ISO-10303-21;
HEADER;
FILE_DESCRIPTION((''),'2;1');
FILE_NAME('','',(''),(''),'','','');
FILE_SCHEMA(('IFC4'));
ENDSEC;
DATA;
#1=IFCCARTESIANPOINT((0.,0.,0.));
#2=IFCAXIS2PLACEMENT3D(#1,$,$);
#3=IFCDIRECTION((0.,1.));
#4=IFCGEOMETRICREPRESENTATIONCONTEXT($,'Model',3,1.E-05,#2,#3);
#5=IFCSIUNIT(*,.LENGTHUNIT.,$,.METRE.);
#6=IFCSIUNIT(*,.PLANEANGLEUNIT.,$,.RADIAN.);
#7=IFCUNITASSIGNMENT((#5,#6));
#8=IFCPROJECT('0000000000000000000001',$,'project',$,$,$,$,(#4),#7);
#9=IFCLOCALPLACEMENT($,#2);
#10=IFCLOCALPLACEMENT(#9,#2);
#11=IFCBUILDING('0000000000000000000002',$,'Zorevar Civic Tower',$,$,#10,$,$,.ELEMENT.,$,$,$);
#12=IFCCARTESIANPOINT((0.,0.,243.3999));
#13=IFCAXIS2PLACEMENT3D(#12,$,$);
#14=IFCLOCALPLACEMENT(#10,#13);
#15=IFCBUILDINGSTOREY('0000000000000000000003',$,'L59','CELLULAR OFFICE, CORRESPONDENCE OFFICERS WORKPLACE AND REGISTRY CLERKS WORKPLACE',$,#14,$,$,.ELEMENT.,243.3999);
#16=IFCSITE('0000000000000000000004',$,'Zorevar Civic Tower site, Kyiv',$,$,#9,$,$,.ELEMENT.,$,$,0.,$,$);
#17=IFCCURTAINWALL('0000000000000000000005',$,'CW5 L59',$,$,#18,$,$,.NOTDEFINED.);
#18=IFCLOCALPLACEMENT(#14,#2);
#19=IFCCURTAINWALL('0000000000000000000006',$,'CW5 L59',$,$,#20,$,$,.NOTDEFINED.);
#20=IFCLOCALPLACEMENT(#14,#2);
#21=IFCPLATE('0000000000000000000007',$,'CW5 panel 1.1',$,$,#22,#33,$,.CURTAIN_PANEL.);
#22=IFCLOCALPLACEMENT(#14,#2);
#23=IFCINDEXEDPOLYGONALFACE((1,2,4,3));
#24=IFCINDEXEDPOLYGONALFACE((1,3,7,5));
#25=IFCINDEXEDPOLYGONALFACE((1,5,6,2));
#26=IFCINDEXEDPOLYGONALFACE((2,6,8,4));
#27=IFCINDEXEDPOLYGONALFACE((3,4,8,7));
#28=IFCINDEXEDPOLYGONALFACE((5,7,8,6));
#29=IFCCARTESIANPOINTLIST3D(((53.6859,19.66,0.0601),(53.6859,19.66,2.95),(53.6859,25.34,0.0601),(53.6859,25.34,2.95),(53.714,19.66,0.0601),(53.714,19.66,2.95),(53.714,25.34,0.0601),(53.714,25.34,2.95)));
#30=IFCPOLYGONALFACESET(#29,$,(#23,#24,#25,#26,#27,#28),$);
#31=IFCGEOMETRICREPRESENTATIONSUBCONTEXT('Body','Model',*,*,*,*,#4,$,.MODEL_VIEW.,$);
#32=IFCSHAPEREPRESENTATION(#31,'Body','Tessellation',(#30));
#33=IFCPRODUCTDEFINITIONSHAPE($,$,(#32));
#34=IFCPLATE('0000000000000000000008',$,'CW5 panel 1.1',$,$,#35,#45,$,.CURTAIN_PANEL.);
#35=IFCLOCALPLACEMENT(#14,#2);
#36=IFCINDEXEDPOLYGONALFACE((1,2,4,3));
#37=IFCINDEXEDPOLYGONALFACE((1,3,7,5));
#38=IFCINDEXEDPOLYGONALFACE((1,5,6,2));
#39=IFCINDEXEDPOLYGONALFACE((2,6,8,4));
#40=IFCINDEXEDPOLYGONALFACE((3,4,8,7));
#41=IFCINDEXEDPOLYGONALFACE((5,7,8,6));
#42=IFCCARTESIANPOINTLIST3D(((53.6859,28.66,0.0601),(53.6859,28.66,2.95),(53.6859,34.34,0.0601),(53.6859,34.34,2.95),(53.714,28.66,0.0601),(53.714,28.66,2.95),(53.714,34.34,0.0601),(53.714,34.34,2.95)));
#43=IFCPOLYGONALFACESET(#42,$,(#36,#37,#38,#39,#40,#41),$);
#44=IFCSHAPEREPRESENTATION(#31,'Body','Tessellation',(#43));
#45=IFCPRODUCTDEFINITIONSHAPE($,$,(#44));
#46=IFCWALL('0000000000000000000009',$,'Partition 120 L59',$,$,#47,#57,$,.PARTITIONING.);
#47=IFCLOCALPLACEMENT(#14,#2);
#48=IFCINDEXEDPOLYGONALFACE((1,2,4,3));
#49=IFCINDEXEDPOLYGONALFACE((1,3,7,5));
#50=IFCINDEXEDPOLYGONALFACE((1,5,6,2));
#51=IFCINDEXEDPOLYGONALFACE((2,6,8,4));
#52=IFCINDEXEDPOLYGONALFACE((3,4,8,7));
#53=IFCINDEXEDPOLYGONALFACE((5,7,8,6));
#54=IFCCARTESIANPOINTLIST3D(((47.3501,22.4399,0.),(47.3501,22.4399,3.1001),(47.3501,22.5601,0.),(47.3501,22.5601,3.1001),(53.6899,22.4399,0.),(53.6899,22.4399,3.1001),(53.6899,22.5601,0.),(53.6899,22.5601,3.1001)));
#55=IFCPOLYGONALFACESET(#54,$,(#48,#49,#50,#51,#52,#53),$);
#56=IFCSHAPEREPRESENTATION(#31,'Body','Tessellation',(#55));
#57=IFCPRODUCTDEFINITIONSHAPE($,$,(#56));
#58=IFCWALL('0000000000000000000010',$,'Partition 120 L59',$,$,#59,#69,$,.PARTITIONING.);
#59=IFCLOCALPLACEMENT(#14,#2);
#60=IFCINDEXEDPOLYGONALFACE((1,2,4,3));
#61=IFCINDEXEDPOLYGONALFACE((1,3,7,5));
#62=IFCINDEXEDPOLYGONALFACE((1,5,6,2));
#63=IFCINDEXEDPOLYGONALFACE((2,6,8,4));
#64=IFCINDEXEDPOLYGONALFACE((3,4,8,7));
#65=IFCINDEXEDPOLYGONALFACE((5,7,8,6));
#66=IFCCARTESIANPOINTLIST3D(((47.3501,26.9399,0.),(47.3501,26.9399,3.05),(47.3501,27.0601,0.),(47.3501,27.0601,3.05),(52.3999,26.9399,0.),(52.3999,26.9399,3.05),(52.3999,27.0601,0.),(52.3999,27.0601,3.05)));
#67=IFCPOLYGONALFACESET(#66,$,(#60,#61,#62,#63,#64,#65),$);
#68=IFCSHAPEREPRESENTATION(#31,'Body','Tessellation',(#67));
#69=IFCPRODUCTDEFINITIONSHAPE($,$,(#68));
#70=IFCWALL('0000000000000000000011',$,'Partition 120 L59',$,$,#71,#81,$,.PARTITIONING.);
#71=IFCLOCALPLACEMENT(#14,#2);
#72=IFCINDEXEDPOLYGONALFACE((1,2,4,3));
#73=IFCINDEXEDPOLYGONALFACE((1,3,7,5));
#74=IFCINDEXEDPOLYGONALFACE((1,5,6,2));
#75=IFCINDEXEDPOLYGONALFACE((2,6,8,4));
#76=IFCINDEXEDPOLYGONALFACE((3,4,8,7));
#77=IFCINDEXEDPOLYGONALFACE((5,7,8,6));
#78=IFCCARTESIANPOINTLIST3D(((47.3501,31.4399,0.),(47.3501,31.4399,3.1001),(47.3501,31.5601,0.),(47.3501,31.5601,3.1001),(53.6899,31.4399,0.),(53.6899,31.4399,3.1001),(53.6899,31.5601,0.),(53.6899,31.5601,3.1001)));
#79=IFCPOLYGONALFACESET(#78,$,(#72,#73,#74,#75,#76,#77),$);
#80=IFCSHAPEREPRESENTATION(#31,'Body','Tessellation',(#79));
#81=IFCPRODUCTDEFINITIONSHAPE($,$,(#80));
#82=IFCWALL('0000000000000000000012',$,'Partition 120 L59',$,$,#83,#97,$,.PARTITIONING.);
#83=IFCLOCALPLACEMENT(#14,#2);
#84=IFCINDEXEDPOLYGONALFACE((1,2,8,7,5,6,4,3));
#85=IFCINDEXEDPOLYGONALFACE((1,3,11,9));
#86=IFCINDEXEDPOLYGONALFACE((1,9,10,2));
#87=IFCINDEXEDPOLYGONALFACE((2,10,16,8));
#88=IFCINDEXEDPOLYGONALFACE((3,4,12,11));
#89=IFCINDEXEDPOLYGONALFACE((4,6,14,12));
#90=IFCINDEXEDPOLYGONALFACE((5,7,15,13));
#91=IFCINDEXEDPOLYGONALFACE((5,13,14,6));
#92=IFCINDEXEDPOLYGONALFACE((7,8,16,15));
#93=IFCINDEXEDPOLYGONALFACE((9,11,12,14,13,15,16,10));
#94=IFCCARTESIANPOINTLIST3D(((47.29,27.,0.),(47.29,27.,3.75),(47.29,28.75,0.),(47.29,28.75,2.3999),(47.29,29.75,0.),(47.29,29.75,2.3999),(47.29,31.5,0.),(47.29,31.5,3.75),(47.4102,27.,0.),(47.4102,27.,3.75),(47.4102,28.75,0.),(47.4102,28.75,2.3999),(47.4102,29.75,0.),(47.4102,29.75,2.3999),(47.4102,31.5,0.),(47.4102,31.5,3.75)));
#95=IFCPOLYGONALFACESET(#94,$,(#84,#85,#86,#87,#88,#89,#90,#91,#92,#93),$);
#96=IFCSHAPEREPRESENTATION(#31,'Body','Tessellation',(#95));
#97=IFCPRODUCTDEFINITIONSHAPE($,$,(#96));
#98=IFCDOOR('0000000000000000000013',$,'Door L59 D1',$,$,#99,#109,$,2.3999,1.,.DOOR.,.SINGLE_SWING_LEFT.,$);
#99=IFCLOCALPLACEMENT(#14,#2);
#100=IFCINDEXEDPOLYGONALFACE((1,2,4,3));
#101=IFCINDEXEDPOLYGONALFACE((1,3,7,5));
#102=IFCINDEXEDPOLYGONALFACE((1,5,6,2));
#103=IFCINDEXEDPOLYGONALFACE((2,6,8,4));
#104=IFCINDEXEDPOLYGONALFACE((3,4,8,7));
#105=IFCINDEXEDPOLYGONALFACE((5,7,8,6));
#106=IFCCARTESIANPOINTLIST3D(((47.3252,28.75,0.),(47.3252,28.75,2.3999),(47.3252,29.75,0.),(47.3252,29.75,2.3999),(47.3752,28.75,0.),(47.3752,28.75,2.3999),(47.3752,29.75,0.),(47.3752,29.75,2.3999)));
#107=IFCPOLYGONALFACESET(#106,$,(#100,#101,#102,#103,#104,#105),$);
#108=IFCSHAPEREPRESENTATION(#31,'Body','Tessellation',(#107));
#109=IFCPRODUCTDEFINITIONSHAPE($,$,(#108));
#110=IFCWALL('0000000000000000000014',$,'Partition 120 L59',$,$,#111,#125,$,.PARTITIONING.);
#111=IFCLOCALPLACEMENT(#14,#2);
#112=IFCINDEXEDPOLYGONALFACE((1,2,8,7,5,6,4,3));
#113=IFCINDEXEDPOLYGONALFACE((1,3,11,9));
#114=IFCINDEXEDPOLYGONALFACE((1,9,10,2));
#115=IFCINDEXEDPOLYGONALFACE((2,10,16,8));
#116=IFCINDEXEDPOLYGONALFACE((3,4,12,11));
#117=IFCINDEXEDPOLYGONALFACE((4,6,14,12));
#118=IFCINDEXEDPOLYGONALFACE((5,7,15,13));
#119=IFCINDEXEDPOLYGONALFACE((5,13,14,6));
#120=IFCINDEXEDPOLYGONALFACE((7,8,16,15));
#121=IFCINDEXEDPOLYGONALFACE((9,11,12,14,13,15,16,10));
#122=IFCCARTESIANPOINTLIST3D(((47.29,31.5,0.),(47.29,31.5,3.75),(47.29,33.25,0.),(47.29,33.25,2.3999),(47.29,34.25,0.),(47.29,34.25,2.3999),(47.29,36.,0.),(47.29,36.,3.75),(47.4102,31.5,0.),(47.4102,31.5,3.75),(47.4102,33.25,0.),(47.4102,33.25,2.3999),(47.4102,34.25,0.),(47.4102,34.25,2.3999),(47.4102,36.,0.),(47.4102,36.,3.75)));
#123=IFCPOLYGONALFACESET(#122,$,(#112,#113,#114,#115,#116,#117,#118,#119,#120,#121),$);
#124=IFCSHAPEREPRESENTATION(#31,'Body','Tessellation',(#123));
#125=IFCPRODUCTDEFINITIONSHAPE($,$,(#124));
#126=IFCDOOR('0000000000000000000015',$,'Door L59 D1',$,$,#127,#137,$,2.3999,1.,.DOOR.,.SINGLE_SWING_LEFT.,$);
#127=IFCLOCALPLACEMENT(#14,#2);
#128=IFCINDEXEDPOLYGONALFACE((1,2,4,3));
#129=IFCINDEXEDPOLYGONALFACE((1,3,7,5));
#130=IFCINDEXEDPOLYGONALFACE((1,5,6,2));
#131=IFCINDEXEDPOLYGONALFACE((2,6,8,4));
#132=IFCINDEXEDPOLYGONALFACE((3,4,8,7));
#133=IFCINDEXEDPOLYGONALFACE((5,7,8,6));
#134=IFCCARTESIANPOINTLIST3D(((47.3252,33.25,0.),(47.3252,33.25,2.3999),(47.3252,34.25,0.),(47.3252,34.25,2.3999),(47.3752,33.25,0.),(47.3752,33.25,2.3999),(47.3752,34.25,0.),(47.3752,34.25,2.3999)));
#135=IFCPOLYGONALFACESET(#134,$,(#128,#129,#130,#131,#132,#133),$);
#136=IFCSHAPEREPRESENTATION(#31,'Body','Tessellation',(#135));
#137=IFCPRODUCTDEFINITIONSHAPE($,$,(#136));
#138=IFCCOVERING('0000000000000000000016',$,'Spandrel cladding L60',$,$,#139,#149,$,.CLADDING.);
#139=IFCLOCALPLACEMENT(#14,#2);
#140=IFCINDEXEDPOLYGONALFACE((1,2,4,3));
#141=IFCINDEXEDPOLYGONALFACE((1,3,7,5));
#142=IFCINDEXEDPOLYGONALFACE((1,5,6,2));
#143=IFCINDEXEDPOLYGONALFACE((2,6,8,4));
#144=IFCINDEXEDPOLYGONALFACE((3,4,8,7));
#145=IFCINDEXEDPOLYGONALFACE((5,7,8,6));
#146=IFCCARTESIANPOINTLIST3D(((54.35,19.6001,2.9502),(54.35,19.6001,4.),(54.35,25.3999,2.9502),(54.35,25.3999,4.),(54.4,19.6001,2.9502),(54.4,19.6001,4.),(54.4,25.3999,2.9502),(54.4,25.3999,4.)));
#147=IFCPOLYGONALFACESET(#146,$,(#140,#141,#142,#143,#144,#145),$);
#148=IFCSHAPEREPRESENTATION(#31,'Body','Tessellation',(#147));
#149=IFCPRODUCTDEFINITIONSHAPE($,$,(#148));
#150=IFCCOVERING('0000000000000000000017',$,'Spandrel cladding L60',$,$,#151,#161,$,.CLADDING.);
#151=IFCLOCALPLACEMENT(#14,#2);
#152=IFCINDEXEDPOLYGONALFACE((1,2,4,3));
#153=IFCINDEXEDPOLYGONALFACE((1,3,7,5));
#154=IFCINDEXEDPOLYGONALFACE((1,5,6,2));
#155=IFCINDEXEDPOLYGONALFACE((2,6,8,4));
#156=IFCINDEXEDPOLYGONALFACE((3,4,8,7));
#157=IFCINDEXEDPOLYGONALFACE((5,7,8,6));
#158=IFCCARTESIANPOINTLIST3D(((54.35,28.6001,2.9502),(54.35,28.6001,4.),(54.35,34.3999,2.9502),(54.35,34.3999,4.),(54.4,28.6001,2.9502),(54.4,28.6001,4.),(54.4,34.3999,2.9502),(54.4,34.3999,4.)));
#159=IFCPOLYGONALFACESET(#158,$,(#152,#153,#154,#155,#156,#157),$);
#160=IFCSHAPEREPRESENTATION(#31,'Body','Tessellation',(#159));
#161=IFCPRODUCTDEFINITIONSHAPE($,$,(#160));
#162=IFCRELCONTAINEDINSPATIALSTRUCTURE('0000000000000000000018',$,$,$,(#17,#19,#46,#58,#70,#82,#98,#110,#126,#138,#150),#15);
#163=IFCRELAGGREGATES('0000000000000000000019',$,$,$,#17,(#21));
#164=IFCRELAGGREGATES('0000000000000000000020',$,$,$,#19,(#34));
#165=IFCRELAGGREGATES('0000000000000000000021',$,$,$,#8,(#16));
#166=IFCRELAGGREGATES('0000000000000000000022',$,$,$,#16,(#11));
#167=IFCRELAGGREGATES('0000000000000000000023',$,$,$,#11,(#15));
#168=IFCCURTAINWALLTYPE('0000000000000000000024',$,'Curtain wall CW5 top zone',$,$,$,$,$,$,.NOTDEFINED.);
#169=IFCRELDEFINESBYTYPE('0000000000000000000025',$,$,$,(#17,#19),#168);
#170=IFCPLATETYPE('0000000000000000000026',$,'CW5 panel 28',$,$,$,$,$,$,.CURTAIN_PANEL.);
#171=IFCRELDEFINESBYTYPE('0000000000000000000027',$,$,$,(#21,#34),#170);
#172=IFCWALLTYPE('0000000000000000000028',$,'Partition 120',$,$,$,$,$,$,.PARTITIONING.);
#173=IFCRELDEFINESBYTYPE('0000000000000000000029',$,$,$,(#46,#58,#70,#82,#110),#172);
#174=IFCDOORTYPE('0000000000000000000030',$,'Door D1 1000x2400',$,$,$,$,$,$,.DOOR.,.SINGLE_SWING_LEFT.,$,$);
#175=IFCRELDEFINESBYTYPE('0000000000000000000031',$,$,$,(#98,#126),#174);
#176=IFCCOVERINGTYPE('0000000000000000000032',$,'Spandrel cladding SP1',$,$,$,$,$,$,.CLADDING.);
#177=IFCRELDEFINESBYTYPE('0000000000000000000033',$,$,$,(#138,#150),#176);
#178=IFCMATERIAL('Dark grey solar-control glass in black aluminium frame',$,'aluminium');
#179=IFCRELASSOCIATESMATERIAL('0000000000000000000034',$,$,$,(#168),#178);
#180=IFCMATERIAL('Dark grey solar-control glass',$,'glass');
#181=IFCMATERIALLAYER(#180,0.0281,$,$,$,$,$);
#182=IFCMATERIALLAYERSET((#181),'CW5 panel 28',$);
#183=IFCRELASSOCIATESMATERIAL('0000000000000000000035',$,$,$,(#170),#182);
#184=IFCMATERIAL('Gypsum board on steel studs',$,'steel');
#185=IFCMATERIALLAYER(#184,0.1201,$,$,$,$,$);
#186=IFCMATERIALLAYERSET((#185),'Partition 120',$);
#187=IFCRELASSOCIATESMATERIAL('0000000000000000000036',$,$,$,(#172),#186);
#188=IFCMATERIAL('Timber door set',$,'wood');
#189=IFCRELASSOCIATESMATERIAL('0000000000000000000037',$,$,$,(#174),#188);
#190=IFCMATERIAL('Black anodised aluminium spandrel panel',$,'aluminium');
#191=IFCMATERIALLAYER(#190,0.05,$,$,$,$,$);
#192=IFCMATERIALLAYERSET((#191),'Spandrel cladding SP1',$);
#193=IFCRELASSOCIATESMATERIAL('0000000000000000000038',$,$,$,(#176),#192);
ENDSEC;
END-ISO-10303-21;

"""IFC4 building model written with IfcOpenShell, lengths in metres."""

from ifc_helpers import new_model, si_unit, direction, frame, frame_2d, origin, origin_2d, place, context, subcontext, project, spatial, rectangle, extrude, material, layer, layer_set, type_object, element, fill, aggregate, save


model = new_model("IFC4")

# Units and contexts
model_context = context("Model", 3, precision=1e-05, world=origin(), true_north=direction((0.0, 1.0)))
body_context = subcontext(model_context, "Body", "Model", "MODEL_VIEW")
ifc_project = project(units=[si_unit("LENGTHUNIT", "METRE"), si_unit("PLANEANGLEUNIT", "RADIAN")], contexts=[model_context])

# Site, building, storey
site_placement = place(None, origin())
site = spatial("IfcSite", under=ifc_project, at=site_placement, Name="Zorevar Civic Tower site, Kyiv", CompositionType="ELEMENT", RefElevation=0.0)
building_placement = place(site_placement, origin())
building = spatial("IfcBuilding", under=site, at=building_placement, Name="Zorevar Civic Tower", CompositionType="ELEMENT")
storey_placement = place(building_placement, frame((0.0, 0.0, 243.3999)))
storey = spatial("IfcBuildingStorey", under=building, at=storey_placement, Name="L59", Description="CELLULAR OFFICE, CORRESPONDENCE OFFICERS WORKPLACE AND REGISTRY CLERKS WORKPLACE", CompositionType="ELEMENT", Elevation=243.3999)

# Curtain walls
ifc_material_1 = material(Name="Dark grey solar-control glass in black aluminium frame", Category="aluminium")
curtain_wall_type = type_object("IfcCurtainWallType", Name="Curtain wall CW5 top zone", PredefinedType="NOTDEFINED", material=ifc_material_1)
curtain_wall_1_placement = place(storey_placement, origin())
curtain_wall_1 = element("IfcCurtainWall", 1, at=curtain_wall_1_placement, inside=storey, type_object=curtain_wall_type, Name="CW5 L59", PredefinedType="NOTDEFINED")
curtain_wall_2_placement = place(storey_placement, origin())
curtain_wall_2 = element("IfcCurtainWall", 2, at=curtain_wall_2_placement, inside=storey, type_object=curtain_wall_type, Name="CW5 L59", PredefinedType="NOTDEFINED")

# Plates
ifc_material_2 = material(Name="Dark grey solar-control glass", Category="glass")
ifc_layer_1 = layer(ifc_material_2, 0.0281)
ifc_layer_set_1 = layer_set([ifc_layer_1], Name="CW5 panel 28")
plate_type = type_object("IfcPlateType", Name="CW5 panel 28", PredefinedType="CURTAIN_PANEL", material=ifc_layer_set_1)
plate_1_placement = place(storey_placement, frame((53.7, 22.5, 0.0601), z_axis=(0.0, 0.0, 1.0), x_axis=(0.0, 1.0, 0.0)))
plate_1 = element("IfcPlate", 3, at=plate_1_placement, type_object=plate_type, Name="CW5 panel 1.1", PredefinedType="CURTAIN_PANEL", context=body_context, shape_type="SweptSolid", body=[
    extrude(rectangle(XDim=5.6799, YDim=0.0281, at=origin_2d()), origin(), (0.0, 0.0, 1.0), 2.8899),
])
aggregate(curtain_wall_1, [plate_1])
plate_2_placement = place(storey_placement, frame((53.7, 31.5, 0.0601), z_axis=(0.0, 0.0, 1.0), x_axis=(0.0, 1.0, 0.0)))
plate_2 = element("IfcPlate", 4, at=plate_2_placement, type_object=plate_type, Name="CW5 panel 1.1", PredefinedType="CURTAIN_PANEL", context=body_context, shape_type="SweptSolid", body=[
    extrude(rectangle(XDim=5.6799, YDim=0.0281, at=origin_2d()), origin(), (0.0, 0.0, 1.0), 2.8899),
])
aggregate(curtain_wall_2, [plate_2])

# Walls
ifc_material_3 = material(Name="Gypsum board on steel studs", Category="steel")
ifc_layer_2 = layer(ifc_material_3, 0.1201)
ifc_layer_set_2 = layer_set([ifc_layer_2], Name="Partition 120")
wall_type = type_object("IfcWallType", Name="Partition 120", PredefinedType="PARTITIONING", material=ifc_layer_set_2)
wall_1_placement = place(storey_placement, frame((47.3501, 22.5, 0.0), z_axis=(0.0, 0.0, 1.0), x_axis=(1.0, 0.0, 0.0)))
element("IfcWall", 5, at=wall_1_placement, inside=storey, type_object=wall_type, Name="Partition 120 L59", PredefinedType="PARTITIONING", context=body_context, shape_type="SweptSolid", body=[
    extrude(rectangle(XDim=6.3398, YDim=0.1201, at=frame_2d((3.1699, 0.0))), origin(), (0.0, 0.0, 1.0), 3.1001),
])
wall_2_placement = place(storey_placement, frame((47.3501, 27.0, 0.0), z_axis=(0.0, 0.0, 1.0), x_axis=(1.0, 0.0, 0.0)))
element("IfcWall", 6, at=wall_2_placement, inside=storey, type_object=wall_type, Name="Partition 120 L59", PredefinedType="PARTITIONING", context=body_context, shape_type="SweptSolid", body=[
    extrude(rectangle(XDim=5.0498, YDim=0.1201, at=frame_2d((2.5249, 0.0))), origin(), (0.0, 0.0, 1.0), 3.05),
])
wall_3_placement = place(storey_placement, frame((47.3501, 31.5, 0.0), z_axis=(0.0, 0.0, 1.0), x_axis=(1.0, 0.0, 0.0)))
element("IfcWall", 7, at=wall_3_placement, inside=storey, type_object=wall_type, Name="Partition 120 L59", PredefinedType="PARTITIONING", context=body_context, shape_type="SweptSolid", body=[
    extrude(rectangle(XDim=6.3398, YDim=0.1201, at=frame_2d((3.1699, 0.0))), origin(), (0.0, 0.0, 1.0), 3.1001),
])

# Walls, openings, doors
wall_4_placement = place(storey_placement, frame((47.3501, 27.0, 0.0), z_axis=(0.0, 0.0, 1.0), x_axis=(0.0, 1.0, 0.0)))
wall_4 = element("IfcWall", 8, at=wall_4_placement, inside=storey, type_object=wall_type, Name="Partition 120 L59", PredefinedType="PARTITIONING", context=body_context, shape_type="SweptSolid", body=[
    extrude(rectangle(XDim=4.5, YDim=0.1201, at=frame_2d((2.25, 0.0))), origin(), (0.0, 0.0, 1.0), 3.75),
])
opening_1_placement = place(wall_4_placement, frame((1.75, 0.0, 0.0)))
opening_1 = element("IfcOpeningElement", 9, at=opening_1_placement, cuts=wall_4, PredefinedType="OPENING", context=body_context, shape_type="SweptSolid", body=[
    extrude(rectangle(XDim=1.0, YDim=2.3999, at=frame_2d((0.5, 1.2))), frame((0.0, 0.0701, 0.0), z_axis=(0.0, -1.0, 0.0), x_axis=(1.0, 0.0, 0.0)), (0.0, 0.0, 1.0), 0.1401),
])
ifc_material_4 = material(Name="Timber door set", Category="wood")
door_type = type_object("IfcDoorType", Name="Door D1 1000x2400", OperationType="SINGLE_SWING_LEFT", PredefinedType="DOOR", material=ifc_material_4)
door_1_placement = place(opening_1_placement, origin())
door_1 = element("IfcDoor", 10, at=door_1_placement, inside=storey, type_object=door_type, Name="Door L59 D1", OperationType="SINGLE_SWING_LEFT", OverallHeight=2.3999, OverallWidth=1.0, PredefinedType="DOOR", context=body_context, shape_type="SweptSolid", body=[
    extrude(rectangle(XDim=1.0, YDim=2.3999, at=frame_2d((0.5, 1.2))), frame((0.0, 0.0249, 0.0), z_axis=(0.0, -1.0, 0.0), x_axis=(1.0, 0.0, 0.0)), (0.0, 0.0, 1.0), 0.05),
])
fill(opening_1, door_1)
wall_5_placement = place(storey_placement, frame((47.3501, 31.5, 0.0), z_axis=(0.0, 0.0, 1.0), x_axis=(0.0, 1.0, 0.0)))
wall_5 = element("IfcWall", 11, at=wall_5_placement, inside=storey, type_object=wall_type, Name="Partition 120 L59", PredefinedType="PARTITIONING", context=body_context, shape_type="SweptSolid", body=[
    extrude(rectangle(XDim=4.5, YDim=0.1201, at=frame_2d((2.25, 0.0))), origin(), (0.0, 0.0, 1.0), 3.75),
])
opening_2_placement = place(wall_5_placement, frame((1.75, 0.0, 0.0)))
opening_2 = element("IfcOpeningElement", 12, at=opening_2_placement, cuts=wall_5, PredefinedType="OPENING", context=body_context, shape_type="SweptSolid", body=[
    extrude(rectangle(XDim=1.0, YDim=2.3999, at=frame_2d((0.5, 1.2))), frame((0.0, 0.0701, 0.0), z_axis=(0.0, -1.0, 0.0), x_axis=(1.0, 0.0, 0.0)), (0.0, 0.0, 1.0), 0.1401),
])
door_2_placement = place(opening_2_placement, origin())
door_2 = element("IfcDoor", 13, at=door_2_placement, inside=storey, type_object=door_type, Name="Door L59 D1", OperationType="SINGLE_SWING_LEFT", OverallHeight=2.3999, OverallWidth=1.0, PredefinedType="DOOR", context=body_context, shape_type="SweptSolid", body=[
    extrude(rectangle(XDim=1.0, YDim=2.3999, at=frame_2d((0.5, 1.2))), frame((0.0, 0.0249, 0.0), z_axis=(0.0, -1.0, 0.0), x_axis=(1.0, 0.0, 0.0)), (0.0, 0.0, 1.0), 0.05),
])
fill(opening_2, door_2)

# Coverings
ifc_material_5 = material(Name="Black anodised aluminium spandrel panel", Category="aluminium")
ifc_layer_3 = layer(ifc_material_5, 0.05)
ifc_layer_set_3 = layer_set([ifc_layer_3], Name="Spandrel cladding SP1")
covering_type = type_object("IfcCoveringType", Name="Spandrel cladding SP1", PredefinedType="CLADDING", material=ifc_layer_set_3)
for number, where, z_axis, x_axis, name in (
    (14, (54.375, 19.6001, 2.9502), (0.0, 0.0, 1.0), (0.0, 1.0, 0.0), "Spandrel cladding L60"),
    (15, (54.375, 28.6001, 2.9502), (0.0, 0.0, 1.0), (0.0, 1.0, 0.0), "Spandrel cladding L60"),
):
    element("IfcCovering", number, at=place(storey_placement, frame(where, z_axis=z_axis, x_axis=x_axis)), inside=storey, type_object=covering_type, Name=name, PredefinedType="CLADDING", context=body_context, shape_type="SweptSolid", body=[
        extrude(rectangle(XDim=5.7998, YDim=0.05, at=frame_2d((2.8999, 0.0))), origin(), (0.0, 0.0, 1.0), 1.0498),
    ])

save(model, "model.ifc")
